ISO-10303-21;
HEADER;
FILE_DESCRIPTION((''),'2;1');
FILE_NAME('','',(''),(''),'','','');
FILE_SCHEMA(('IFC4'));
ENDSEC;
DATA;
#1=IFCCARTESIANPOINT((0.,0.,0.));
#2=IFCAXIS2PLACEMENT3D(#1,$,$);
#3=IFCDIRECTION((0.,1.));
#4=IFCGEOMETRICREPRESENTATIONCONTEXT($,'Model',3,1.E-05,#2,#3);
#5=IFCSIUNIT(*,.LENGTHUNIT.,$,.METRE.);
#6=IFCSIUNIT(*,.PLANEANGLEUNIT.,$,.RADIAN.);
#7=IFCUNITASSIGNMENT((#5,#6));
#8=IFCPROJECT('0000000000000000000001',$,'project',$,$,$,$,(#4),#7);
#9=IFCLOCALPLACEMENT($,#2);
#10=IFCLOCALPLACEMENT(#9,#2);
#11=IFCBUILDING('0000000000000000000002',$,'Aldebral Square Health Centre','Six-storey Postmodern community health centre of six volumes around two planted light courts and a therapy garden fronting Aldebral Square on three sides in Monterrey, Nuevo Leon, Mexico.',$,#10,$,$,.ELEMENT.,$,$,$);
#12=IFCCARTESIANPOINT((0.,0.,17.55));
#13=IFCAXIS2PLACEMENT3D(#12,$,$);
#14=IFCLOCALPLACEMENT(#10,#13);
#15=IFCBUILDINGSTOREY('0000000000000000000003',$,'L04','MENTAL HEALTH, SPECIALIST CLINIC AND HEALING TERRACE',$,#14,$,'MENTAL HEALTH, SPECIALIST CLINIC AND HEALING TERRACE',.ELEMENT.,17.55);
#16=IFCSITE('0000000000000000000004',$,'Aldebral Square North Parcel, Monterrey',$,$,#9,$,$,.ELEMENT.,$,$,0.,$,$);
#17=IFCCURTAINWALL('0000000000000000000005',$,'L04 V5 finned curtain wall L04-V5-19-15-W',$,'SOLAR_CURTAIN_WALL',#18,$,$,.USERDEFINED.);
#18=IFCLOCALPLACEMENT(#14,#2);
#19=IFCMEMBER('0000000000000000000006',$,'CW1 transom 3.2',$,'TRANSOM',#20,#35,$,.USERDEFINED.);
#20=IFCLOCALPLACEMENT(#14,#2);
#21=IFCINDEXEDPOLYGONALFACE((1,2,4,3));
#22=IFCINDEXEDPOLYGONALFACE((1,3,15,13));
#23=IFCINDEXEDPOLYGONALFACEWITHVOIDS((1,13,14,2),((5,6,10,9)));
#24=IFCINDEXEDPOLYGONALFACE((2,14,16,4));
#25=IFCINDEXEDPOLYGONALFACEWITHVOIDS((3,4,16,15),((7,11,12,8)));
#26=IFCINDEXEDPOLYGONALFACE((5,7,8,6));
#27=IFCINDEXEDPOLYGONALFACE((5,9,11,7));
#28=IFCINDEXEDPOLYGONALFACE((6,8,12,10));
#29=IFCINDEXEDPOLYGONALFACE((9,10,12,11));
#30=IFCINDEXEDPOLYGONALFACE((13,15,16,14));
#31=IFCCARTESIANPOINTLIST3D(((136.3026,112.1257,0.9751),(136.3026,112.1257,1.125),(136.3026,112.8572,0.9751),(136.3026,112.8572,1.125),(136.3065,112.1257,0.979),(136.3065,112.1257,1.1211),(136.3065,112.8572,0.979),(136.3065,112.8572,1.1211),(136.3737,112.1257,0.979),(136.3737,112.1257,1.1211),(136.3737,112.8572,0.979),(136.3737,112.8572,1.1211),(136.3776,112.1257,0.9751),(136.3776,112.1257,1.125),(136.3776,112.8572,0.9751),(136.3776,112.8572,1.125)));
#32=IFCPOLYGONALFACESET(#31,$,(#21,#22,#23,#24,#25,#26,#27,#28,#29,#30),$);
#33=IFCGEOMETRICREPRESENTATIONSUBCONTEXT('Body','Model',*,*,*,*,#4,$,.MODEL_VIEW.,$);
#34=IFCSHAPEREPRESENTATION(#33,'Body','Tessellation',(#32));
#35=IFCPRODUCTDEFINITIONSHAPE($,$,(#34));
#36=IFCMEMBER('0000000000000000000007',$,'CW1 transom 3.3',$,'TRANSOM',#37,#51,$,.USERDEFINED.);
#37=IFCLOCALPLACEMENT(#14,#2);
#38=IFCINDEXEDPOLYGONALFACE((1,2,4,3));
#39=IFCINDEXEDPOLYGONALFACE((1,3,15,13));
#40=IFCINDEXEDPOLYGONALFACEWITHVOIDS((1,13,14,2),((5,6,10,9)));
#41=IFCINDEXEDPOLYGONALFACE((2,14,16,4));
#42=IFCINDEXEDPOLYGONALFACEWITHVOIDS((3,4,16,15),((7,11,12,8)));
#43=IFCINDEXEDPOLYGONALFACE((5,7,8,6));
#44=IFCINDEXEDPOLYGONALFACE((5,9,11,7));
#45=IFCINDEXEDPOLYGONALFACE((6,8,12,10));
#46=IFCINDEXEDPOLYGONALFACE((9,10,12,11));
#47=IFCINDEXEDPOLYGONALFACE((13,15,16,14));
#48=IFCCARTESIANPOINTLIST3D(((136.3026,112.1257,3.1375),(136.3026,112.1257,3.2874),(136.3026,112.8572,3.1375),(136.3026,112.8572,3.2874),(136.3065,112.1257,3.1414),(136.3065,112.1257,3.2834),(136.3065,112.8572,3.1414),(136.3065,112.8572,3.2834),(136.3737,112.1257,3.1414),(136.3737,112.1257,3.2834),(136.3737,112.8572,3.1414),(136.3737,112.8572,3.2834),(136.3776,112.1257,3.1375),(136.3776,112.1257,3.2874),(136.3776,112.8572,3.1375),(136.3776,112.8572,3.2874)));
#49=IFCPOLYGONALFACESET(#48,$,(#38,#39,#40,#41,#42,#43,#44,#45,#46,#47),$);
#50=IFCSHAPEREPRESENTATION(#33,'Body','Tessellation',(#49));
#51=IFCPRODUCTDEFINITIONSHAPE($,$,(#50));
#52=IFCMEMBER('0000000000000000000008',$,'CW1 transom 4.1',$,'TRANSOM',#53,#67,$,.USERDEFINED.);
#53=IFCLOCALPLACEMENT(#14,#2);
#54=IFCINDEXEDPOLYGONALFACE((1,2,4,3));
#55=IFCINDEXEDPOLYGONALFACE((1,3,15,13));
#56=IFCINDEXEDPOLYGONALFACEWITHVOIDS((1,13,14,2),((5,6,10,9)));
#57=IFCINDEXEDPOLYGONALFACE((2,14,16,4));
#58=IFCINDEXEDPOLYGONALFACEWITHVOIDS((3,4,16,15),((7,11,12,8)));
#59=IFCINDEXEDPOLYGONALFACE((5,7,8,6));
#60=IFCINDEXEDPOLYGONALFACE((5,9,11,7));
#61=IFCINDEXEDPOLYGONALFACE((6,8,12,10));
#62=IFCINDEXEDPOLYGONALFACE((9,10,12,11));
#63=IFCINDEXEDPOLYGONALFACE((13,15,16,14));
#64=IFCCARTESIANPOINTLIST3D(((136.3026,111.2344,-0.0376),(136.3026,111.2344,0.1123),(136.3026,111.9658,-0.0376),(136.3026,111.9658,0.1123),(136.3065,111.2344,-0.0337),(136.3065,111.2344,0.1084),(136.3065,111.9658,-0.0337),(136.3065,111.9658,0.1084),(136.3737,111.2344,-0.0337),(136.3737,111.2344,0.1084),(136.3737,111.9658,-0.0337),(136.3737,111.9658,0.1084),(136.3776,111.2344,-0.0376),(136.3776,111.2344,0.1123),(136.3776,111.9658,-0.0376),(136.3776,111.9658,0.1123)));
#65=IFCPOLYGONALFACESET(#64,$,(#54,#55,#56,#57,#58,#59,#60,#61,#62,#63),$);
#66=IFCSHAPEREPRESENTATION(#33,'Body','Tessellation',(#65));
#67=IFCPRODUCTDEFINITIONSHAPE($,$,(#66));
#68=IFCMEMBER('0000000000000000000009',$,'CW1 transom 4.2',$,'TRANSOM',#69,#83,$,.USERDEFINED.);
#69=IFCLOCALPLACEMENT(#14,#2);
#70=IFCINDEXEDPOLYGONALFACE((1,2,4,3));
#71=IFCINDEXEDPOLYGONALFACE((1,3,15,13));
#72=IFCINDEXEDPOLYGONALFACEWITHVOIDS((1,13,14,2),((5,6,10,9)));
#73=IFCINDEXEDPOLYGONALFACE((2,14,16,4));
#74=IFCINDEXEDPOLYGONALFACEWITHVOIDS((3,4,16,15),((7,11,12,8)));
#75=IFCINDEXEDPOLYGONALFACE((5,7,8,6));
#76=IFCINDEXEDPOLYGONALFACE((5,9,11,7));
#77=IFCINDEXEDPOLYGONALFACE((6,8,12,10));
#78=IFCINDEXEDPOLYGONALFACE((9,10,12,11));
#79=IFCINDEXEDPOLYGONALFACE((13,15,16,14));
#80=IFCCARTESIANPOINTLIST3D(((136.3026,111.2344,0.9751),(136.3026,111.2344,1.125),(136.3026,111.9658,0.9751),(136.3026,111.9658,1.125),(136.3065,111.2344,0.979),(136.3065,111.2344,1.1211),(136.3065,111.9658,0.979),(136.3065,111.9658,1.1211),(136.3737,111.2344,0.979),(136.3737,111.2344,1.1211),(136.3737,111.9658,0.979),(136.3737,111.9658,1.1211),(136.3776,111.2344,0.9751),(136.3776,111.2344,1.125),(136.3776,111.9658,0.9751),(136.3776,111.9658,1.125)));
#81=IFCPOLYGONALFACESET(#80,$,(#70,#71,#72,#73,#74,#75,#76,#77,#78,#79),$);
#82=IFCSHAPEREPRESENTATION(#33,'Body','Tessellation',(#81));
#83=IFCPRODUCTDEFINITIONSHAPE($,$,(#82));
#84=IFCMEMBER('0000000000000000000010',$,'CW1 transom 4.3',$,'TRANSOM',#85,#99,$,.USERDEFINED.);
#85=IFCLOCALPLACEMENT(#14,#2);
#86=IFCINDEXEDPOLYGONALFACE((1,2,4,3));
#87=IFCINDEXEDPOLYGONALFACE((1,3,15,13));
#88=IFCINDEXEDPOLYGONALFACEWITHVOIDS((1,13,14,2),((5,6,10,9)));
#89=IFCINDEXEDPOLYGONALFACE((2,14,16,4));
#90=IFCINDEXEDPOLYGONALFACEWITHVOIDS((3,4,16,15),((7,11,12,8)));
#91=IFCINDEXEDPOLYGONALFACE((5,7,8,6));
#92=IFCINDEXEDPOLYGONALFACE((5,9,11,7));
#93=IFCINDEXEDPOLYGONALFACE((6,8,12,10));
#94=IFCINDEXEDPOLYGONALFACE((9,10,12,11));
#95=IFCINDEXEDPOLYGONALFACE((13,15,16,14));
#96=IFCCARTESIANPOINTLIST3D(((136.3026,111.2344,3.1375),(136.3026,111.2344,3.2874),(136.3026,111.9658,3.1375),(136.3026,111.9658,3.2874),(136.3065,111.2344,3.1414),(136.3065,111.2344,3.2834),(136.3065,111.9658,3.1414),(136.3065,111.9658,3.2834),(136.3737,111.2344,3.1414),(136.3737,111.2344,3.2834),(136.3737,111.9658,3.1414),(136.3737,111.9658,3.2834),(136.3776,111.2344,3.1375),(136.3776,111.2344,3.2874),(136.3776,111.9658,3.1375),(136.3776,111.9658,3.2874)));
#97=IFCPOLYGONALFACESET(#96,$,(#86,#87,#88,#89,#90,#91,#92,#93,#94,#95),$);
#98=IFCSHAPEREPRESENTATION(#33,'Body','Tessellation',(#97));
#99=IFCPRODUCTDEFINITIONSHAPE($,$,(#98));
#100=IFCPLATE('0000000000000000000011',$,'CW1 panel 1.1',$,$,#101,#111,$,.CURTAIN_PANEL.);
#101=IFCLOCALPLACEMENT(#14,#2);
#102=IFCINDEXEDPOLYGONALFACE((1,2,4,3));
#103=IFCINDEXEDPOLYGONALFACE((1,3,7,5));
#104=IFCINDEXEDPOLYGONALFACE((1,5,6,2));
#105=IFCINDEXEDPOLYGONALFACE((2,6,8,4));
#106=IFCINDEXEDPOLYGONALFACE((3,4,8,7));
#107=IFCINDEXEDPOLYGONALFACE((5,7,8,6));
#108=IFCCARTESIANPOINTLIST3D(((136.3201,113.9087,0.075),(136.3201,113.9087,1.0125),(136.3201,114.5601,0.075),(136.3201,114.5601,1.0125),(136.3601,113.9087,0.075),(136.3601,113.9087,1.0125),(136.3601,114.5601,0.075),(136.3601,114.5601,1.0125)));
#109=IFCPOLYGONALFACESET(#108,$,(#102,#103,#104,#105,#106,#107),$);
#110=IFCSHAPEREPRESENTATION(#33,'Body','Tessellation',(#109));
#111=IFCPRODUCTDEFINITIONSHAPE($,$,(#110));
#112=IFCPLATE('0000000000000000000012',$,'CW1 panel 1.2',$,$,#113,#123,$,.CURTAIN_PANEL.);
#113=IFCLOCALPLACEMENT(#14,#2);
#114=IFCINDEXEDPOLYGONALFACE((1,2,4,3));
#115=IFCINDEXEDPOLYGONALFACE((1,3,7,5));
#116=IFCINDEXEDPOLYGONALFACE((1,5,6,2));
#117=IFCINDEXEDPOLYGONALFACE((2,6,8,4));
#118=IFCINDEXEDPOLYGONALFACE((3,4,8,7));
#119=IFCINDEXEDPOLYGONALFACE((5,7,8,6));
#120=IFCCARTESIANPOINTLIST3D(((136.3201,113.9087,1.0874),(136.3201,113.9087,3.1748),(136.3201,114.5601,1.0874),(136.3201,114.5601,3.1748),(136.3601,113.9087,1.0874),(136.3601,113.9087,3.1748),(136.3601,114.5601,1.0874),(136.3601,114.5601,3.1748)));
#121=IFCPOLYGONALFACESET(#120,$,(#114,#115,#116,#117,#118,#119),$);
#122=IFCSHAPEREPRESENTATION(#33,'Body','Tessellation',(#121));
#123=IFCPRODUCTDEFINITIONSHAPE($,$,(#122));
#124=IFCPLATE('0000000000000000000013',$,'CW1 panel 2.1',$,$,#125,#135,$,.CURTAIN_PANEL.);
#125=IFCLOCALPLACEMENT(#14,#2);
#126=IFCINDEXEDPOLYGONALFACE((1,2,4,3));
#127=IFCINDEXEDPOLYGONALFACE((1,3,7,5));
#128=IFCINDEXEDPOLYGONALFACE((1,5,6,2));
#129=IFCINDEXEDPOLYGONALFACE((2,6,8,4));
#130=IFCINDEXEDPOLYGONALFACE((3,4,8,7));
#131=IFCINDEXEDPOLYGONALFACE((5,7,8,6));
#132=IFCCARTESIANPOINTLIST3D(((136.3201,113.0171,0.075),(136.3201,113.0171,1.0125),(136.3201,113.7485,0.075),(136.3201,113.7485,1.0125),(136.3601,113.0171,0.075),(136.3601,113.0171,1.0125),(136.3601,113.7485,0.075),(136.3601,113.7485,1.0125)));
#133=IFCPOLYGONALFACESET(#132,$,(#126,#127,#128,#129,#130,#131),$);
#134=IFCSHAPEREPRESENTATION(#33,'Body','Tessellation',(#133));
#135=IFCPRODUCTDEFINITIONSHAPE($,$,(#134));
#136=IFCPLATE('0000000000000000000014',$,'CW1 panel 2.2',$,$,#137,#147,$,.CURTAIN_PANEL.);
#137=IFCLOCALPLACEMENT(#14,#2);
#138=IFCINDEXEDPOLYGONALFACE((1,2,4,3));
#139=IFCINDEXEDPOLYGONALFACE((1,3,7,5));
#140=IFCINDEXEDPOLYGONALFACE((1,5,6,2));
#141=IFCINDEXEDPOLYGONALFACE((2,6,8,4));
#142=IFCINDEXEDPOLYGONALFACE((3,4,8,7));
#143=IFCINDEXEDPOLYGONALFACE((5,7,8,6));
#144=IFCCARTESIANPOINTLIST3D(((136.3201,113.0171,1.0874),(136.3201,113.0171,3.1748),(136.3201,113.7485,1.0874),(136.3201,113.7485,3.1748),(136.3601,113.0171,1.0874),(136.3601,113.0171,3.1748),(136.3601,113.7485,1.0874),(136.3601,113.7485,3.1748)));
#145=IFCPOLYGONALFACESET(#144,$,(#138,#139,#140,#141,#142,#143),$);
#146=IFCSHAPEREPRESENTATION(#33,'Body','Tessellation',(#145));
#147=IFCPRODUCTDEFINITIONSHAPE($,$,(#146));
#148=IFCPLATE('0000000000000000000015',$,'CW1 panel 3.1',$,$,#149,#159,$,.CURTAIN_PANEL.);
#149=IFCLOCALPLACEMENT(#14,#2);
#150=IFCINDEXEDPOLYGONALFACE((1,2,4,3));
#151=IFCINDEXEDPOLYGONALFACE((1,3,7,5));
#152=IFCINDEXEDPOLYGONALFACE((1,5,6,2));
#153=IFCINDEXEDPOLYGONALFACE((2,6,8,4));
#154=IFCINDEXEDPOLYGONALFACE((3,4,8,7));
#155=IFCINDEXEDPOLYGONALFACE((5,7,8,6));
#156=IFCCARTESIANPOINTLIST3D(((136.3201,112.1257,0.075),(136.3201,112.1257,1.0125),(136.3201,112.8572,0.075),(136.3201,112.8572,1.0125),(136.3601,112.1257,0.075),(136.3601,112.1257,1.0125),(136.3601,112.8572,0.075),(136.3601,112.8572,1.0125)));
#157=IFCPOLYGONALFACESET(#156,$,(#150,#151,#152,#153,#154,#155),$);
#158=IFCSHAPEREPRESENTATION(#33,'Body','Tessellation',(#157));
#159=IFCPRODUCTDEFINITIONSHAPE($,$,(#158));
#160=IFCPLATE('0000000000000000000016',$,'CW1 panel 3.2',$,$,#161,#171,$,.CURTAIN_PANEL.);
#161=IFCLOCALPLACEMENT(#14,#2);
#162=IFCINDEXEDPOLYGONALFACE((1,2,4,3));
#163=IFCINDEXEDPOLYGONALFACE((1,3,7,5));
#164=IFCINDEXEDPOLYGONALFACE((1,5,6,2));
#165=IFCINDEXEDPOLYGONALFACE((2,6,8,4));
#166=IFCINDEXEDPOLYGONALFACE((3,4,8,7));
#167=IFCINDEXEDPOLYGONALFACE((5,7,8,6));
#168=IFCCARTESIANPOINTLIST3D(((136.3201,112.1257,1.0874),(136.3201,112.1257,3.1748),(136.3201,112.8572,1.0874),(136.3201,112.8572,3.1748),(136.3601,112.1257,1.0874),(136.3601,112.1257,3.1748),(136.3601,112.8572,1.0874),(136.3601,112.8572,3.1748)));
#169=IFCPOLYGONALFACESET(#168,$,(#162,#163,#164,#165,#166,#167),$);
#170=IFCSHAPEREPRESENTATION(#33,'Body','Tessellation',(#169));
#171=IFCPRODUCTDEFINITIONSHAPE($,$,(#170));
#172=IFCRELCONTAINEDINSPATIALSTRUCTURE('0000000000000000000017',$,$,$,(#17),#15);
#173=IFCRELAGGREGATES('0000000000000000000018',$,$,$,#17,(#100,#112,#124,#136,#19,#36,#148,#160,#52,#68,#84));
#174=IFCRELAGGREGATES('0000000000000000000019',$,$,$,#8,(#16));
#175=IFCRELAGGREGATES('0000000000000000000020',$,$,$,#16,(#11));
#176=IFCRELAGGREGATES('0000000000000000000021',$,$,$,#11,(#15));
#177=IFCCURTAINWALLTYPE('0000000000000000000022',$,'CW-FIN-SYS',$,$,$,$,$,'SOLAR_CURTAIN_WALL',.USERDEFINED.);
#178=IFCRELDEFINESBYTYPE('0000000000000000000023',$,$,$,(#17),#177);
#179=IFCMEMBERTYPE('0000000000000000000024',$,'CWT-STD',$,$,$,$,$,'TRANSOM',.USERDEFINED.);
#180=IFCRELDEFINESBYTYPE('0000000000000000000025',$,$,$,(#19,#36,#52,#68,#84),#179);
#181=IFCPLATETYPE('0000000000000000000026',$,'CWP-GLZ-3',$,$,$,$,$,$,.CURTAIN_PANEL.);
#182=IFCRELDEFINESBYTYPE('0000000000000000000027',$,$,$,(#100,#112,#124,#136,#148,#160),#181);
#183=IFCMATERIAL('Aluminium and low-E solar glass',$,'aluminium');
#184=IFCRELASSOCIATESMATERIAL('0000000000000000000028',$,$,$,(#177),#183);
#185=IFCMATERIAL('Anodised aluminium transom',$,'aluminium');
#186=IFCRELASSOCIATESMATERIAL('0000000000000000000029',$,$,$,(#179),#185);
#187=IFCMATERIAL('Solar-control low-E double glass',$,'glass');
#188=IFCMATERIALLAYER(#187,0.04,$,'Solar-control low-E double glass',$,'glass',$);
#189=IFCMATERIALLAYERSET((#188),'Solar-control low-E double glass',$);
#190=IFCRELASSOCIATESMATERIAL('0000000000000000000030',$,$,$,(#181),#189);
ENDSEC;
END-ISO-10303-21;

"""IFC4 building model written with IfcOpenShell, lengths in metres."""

from ifc_helpers import new_model, si_unit, direction, frame, origin, origin_2d, place, context, subcontext, project, spatial, rectangle, hollow_rectangle, extrude, material, layer, layer_set, material_profile, profile_set, type_object, element, aggregate, save


model = new_model("IFC4")

# Units and contexts
model_context = context("Model", 3, precision=1e-05, world=origin(), true_north=direction((0.0, 1.0)))
body_context = subcontext(model_context, "Body", "Model", "MODEL_VIEW")
ifc_project = project(units=[si_unit("LENGTHUNIT", "METRE"), si_unit("PLANEANGLEUNIT", "RADIAN")], contexts=[model_context])

# Site, building, storey
site_placement = place(None, origin())
site = spatial("IfcSite", under=ifc_project, at=site_placement, Name="Aldebral Square North Parcel, Monterrey", CompositionType="ELEMENT", RefElevation=0.0)
building_placement = place(site_placement, origin())
building = spatial("IfcBuilding", under=site, at=building_placement, Name="Aldebral Square Health Centre", Description="Six-storey Postmodern community health centre of six volumes around two planted light courts and a therapy garden fronting Aldebral Square on three sides in Monterrey, Nuevo Leon, Mexico.", CompositionType="ELEMENT")
storey_placement = place(building_placement, frame((0.0, 0.0, 17.55)))
storey = spatial("IfcBuildingStorey", under=building, at=storey_placement, Name="L04", Description="MENTAL HEALTH, SPECIALIST CLINIC AND HEALING TERRACE", LongName="MENTAL HEALTH, SPECIALIST CLINIC AND HEALING TERRACE", CompositionType="ELEMENT", Elevation=17.55)

# Curtain wall, members, plates
ifc_material_1 = material(Name="Aluminium and low-E solar glass", Category="aluminium")
curtain_wall_type = type_object("IfcCurtainWallType", Name="CW-FIN-SYS", ElementType="SOLAR_CURTAIN_WALL", PredefinedType="USERDEFINED", material=ifc_material_1)
curtain_wall_placement = place(storey_placement, origin())
curtain_wall = element("IfcCurtainWall", 1, at=curtain_wall_placement, inside=storey, type_object=curtain_wall_type, Name="L04 V5 finned curtain wall L04-V5-19-15-W", ObjectType="SOLAR_CURTAIN_WALL", PredefinedType="USERDEFINED")
ifc_material_2 = material(Name="Anodised aluminium transom", Category="aluminium")
ifc_material_profile_1 = material_profile(ifc_material_2, hollow_rectangle(XDim=0.075, YDim=0.1499, WallThickness=0.0039, at=origin_2d()), Name="CWT 75x150x4")
ifc_profile_set_1 = profile_set([ifc_material_profile_1], Name="Anodised aluminium transom")
member_type_1 = type_object("IfcMemberType", Name="CWT-STD", ElementType="TRANSOM", PredefinedType="USERDEFINED", material=ifc_profile_set_1)
member_1_placement = place(storey_placement, frame((136.3401, 112.8572, 1.05), z_axis=(0.0, -1.0, 0.0), x_axis=(1.0, 0.0, 0.0)))
member_1 = element("IfcMember", 2, at=member_1_placement, type_object=member_type_1, Name="CW1 transom 3.2", ObjectType="TRANSOM", PredefinedType="USERDEFINED", context=body_context, shape_type="SweptSolid", body=[
    extrude(hollow_rectangle(XDim=0.075, YDim=0.1499, WallThickness=0.0039, at=origin_2d()), origin(), (0.0, 0.0, 1.0), 0.7314),
])
member_2_placement = place(storey_placement, frame((136.3401, 112.8572, 3.2124), z_axis=(0.0, -1.0, 0.0), x_axis=(1.0, 0.0, 0.0)))
member_2 = element("IfcMember", 3, at=member_2_placement, type_object=member_type_1, Name="CW1 transom 3.3", ObjectType="TRANSOM", PredefinedType="USERDEFINED", context=body_context, shape_type="SweptSolid", body=[
    extrude(hollow_rectangle(XDim=0.075, YDim=0.1499, WallThickness=0.0039, at=origin_2d()), origin(), (0.0, 0.0, 1.0), 0.7314),
])
member_3_placement = place(storey_placement, frame((136.3401, 111.9658, 0.0374), z_axis=(0.0, -1.0, 0.0), x_axis=(1.0, 0.0, 0.0)))
member_3 = element("IfcMember", 4, at=member_3_placement, type_object=member_type_1, Name="CW1 transom 4.1", ObjectType="TRANSOM", PredefinedType="USERDEFINED", context=body_context, shape_type="SweptSolid", body=[
    extrude(hollow_rectangle(XDim=0.075, YDim=0.1499, WallThickness=0.0039, at=origin_2d()), origin(), (0.0, 0.0, 1.0), 0.7314),
])
member_4_placement = place(storey_placement, frame((136.3401, 111.9658, 1.05), z_axis=(0.0, -1.0, 0.0), x_axis=(1.0, 0.0, 0.0)))
member_4 = element("IfcMember", 5, at=member_4_placement, type_object=member_type_1, Name="CW1 transom 4.2", ObjectType="TRANSOM", PredefinedType="USERDEFINED", context=body_context, shape_type="SweptSolid", body=[
    extrude(hollow_rectangle(XDim=0.075, YDim=0.1499, WallThickness=0.0039, at=origin_2d()), origin(), (0.0, 0.0, 1.0), 0.7314),
])
member_5_placement = place(storey_placement, frame((136.3401, 111.9658, 3.2124), z_axis=(0.0, -1.0, 0.0), x_axis=(1.0, 0.0, 0.0)))
member_5 = element("IfcMember", 6, at=member_5_placement, type_object=member_type_1, Name="CW1 transom 4.3", ObjectType="TRANSOM", PredefinedType="USERDEFINED", context=body_context, shape_type="SweptSolid", body=[
    extrude(hollow_rectangle(XDim=0.075, YDim=0.1499, WallThickness=0.0039, at=origin_2d()), origin(), (0.0, 0.0, 1.0), 0.7314),
])
ifc_material_3 = material(Name="Solar-control low-E double glass", Category="glass")
ifc_layer = layer(ifc_material_3, 0.04, Name="Solar-control low-E double glass", Category="glass")
ifc_layer_set = layer_set([ifc_layer], Name="Solar-control low-E double glass")
plate_type = type_object("IfcPlateType", Name="CWP-GLZ-3", PredefinedType="CURTAIN_PANEL", material=ifc_layer_set)
plate_1_placement = place(storey_placement, frame((136.3401, 114.2344, 0.075), z_axis=(0.0, 0.0, 1.0), x_axis=(0.0, -1.0, 0.0)))
plate_1 = element("IfcPlate", 7, at=plate_1_placement, type_object=plate_type, Name="CW1 panel 1.1", PredefinedType="CURTAIN_PANEL", context=body_context, shape_type="SweptSolid", body=[
    extrude(rectangle(XDim=0.6514, YDim=0.04, at=origin_2d()), origin(), (0.0, 0.0, 1.0), 0.9375),
])
plate_2_placement = place(storey_placement, frame((136.3401, 114.2344, 1.0874), z_axis=(0.0, 0.0, 1.0), x_axis=(0.0, -1.0, 0.0)))
plate_2 = element("IfcPlate", 8, at=plate_2_placement, type_object=plate_type, Name="CW1 panel 1.2", PredefinedType="CURTAIN_PANEL", context=body_context, shape_type="SweptSolid", body=[
    extrude(rectangle(XDim=0.6514, YDim=0.04, at=origin_2d()), origin(), (0.0, 0.0, 1.0), 2.0874),
])
plate_3_placement = place(storey_placement, frame((136.3401, 113.3828, 0.075), z_axis=(0.0, 0.0, 1.0), x_axis=(0.0, -1.0, 0.0)))
plate_3 = element("IfcPlate", 9, at=plate_3_placement, type_object=plate_type, Name="CW1 panel 2.1", PredefinedType="CURTAIN_PANEL", context=body_context, shape_type="SweptSolid", body=[
    extrude(rectangle(XDim=0.7314, YDim=0.04, at=origin_2d()), origin(), (0.0, 0.0, 1.0), 0.9375),
])
plate_4_placement = place(storey_placement, frame((136.3401, 113.3828, 1.0874), z_axis=(0.0, 0.0, 1.0), x_axis=(0.0, -1.0, 0.0)))
plate_4 = element("IfcPlate", 10, at=plate_4_placement, type_object=plate_type, Name="CW1 panel 2.2", PredefinedType="CURTAIN_PANEL", context=body_context, shape_type="SweptSolid", body=[
    extrude(rectangle(XDim=0.7314, YDim=0.04, at=origin_2d()), origin(), (0.0, 0.0, 1.0), 2.0874),
])
plate_5_placement = place(storey_placement, frame((136.3401, 112.4915, 0.075), z_axis=(0.0, 0.0, 1.0), x_axis=(0.0, -1.0, 0.0)))
plate_5 = element("IfcPlate", 11, at=plate_5_placement, type_object=plate_type, Name="CW1 panel 3.1", PredefinedType="CURTAIN_PANEL", context=body_context, shape_type="SweptSolid", body=[
    extrude(rectangle(XDim=0.7314, YDim=0.04, at=origin_2d()), origin(), (0.0, 0.0, 1.0), 0.9375),
])
plate_6_placement = place(storey_placement, frame((136.3401, 112.4915, 1.0874), z_axis=(0.0, 0.0, 1.0), x_axis=(0.0, -1.0, 0.0)))
plate_6 = element("IfcPlate", 12, at=plate_6_placement, type_object=plate_type, Name="CW1 panel 3.2", PredefinedType="CURTAIN_PANEL", context=body_context, shape_type="SweptSolid", body=[
    extrude(rectangle(XDim=0.7314, YDim=0.04, at=origin_2d()), origin(), (0.0, 0.0, 1.0), 2.0874),
])
aggregate(curtain_wall, [plate_1, plate_2, plate_3, plate_4, member_1, member_2, plate_5, plate_6, member_3, member_4, member_5])

save(model, "model.ifc")
